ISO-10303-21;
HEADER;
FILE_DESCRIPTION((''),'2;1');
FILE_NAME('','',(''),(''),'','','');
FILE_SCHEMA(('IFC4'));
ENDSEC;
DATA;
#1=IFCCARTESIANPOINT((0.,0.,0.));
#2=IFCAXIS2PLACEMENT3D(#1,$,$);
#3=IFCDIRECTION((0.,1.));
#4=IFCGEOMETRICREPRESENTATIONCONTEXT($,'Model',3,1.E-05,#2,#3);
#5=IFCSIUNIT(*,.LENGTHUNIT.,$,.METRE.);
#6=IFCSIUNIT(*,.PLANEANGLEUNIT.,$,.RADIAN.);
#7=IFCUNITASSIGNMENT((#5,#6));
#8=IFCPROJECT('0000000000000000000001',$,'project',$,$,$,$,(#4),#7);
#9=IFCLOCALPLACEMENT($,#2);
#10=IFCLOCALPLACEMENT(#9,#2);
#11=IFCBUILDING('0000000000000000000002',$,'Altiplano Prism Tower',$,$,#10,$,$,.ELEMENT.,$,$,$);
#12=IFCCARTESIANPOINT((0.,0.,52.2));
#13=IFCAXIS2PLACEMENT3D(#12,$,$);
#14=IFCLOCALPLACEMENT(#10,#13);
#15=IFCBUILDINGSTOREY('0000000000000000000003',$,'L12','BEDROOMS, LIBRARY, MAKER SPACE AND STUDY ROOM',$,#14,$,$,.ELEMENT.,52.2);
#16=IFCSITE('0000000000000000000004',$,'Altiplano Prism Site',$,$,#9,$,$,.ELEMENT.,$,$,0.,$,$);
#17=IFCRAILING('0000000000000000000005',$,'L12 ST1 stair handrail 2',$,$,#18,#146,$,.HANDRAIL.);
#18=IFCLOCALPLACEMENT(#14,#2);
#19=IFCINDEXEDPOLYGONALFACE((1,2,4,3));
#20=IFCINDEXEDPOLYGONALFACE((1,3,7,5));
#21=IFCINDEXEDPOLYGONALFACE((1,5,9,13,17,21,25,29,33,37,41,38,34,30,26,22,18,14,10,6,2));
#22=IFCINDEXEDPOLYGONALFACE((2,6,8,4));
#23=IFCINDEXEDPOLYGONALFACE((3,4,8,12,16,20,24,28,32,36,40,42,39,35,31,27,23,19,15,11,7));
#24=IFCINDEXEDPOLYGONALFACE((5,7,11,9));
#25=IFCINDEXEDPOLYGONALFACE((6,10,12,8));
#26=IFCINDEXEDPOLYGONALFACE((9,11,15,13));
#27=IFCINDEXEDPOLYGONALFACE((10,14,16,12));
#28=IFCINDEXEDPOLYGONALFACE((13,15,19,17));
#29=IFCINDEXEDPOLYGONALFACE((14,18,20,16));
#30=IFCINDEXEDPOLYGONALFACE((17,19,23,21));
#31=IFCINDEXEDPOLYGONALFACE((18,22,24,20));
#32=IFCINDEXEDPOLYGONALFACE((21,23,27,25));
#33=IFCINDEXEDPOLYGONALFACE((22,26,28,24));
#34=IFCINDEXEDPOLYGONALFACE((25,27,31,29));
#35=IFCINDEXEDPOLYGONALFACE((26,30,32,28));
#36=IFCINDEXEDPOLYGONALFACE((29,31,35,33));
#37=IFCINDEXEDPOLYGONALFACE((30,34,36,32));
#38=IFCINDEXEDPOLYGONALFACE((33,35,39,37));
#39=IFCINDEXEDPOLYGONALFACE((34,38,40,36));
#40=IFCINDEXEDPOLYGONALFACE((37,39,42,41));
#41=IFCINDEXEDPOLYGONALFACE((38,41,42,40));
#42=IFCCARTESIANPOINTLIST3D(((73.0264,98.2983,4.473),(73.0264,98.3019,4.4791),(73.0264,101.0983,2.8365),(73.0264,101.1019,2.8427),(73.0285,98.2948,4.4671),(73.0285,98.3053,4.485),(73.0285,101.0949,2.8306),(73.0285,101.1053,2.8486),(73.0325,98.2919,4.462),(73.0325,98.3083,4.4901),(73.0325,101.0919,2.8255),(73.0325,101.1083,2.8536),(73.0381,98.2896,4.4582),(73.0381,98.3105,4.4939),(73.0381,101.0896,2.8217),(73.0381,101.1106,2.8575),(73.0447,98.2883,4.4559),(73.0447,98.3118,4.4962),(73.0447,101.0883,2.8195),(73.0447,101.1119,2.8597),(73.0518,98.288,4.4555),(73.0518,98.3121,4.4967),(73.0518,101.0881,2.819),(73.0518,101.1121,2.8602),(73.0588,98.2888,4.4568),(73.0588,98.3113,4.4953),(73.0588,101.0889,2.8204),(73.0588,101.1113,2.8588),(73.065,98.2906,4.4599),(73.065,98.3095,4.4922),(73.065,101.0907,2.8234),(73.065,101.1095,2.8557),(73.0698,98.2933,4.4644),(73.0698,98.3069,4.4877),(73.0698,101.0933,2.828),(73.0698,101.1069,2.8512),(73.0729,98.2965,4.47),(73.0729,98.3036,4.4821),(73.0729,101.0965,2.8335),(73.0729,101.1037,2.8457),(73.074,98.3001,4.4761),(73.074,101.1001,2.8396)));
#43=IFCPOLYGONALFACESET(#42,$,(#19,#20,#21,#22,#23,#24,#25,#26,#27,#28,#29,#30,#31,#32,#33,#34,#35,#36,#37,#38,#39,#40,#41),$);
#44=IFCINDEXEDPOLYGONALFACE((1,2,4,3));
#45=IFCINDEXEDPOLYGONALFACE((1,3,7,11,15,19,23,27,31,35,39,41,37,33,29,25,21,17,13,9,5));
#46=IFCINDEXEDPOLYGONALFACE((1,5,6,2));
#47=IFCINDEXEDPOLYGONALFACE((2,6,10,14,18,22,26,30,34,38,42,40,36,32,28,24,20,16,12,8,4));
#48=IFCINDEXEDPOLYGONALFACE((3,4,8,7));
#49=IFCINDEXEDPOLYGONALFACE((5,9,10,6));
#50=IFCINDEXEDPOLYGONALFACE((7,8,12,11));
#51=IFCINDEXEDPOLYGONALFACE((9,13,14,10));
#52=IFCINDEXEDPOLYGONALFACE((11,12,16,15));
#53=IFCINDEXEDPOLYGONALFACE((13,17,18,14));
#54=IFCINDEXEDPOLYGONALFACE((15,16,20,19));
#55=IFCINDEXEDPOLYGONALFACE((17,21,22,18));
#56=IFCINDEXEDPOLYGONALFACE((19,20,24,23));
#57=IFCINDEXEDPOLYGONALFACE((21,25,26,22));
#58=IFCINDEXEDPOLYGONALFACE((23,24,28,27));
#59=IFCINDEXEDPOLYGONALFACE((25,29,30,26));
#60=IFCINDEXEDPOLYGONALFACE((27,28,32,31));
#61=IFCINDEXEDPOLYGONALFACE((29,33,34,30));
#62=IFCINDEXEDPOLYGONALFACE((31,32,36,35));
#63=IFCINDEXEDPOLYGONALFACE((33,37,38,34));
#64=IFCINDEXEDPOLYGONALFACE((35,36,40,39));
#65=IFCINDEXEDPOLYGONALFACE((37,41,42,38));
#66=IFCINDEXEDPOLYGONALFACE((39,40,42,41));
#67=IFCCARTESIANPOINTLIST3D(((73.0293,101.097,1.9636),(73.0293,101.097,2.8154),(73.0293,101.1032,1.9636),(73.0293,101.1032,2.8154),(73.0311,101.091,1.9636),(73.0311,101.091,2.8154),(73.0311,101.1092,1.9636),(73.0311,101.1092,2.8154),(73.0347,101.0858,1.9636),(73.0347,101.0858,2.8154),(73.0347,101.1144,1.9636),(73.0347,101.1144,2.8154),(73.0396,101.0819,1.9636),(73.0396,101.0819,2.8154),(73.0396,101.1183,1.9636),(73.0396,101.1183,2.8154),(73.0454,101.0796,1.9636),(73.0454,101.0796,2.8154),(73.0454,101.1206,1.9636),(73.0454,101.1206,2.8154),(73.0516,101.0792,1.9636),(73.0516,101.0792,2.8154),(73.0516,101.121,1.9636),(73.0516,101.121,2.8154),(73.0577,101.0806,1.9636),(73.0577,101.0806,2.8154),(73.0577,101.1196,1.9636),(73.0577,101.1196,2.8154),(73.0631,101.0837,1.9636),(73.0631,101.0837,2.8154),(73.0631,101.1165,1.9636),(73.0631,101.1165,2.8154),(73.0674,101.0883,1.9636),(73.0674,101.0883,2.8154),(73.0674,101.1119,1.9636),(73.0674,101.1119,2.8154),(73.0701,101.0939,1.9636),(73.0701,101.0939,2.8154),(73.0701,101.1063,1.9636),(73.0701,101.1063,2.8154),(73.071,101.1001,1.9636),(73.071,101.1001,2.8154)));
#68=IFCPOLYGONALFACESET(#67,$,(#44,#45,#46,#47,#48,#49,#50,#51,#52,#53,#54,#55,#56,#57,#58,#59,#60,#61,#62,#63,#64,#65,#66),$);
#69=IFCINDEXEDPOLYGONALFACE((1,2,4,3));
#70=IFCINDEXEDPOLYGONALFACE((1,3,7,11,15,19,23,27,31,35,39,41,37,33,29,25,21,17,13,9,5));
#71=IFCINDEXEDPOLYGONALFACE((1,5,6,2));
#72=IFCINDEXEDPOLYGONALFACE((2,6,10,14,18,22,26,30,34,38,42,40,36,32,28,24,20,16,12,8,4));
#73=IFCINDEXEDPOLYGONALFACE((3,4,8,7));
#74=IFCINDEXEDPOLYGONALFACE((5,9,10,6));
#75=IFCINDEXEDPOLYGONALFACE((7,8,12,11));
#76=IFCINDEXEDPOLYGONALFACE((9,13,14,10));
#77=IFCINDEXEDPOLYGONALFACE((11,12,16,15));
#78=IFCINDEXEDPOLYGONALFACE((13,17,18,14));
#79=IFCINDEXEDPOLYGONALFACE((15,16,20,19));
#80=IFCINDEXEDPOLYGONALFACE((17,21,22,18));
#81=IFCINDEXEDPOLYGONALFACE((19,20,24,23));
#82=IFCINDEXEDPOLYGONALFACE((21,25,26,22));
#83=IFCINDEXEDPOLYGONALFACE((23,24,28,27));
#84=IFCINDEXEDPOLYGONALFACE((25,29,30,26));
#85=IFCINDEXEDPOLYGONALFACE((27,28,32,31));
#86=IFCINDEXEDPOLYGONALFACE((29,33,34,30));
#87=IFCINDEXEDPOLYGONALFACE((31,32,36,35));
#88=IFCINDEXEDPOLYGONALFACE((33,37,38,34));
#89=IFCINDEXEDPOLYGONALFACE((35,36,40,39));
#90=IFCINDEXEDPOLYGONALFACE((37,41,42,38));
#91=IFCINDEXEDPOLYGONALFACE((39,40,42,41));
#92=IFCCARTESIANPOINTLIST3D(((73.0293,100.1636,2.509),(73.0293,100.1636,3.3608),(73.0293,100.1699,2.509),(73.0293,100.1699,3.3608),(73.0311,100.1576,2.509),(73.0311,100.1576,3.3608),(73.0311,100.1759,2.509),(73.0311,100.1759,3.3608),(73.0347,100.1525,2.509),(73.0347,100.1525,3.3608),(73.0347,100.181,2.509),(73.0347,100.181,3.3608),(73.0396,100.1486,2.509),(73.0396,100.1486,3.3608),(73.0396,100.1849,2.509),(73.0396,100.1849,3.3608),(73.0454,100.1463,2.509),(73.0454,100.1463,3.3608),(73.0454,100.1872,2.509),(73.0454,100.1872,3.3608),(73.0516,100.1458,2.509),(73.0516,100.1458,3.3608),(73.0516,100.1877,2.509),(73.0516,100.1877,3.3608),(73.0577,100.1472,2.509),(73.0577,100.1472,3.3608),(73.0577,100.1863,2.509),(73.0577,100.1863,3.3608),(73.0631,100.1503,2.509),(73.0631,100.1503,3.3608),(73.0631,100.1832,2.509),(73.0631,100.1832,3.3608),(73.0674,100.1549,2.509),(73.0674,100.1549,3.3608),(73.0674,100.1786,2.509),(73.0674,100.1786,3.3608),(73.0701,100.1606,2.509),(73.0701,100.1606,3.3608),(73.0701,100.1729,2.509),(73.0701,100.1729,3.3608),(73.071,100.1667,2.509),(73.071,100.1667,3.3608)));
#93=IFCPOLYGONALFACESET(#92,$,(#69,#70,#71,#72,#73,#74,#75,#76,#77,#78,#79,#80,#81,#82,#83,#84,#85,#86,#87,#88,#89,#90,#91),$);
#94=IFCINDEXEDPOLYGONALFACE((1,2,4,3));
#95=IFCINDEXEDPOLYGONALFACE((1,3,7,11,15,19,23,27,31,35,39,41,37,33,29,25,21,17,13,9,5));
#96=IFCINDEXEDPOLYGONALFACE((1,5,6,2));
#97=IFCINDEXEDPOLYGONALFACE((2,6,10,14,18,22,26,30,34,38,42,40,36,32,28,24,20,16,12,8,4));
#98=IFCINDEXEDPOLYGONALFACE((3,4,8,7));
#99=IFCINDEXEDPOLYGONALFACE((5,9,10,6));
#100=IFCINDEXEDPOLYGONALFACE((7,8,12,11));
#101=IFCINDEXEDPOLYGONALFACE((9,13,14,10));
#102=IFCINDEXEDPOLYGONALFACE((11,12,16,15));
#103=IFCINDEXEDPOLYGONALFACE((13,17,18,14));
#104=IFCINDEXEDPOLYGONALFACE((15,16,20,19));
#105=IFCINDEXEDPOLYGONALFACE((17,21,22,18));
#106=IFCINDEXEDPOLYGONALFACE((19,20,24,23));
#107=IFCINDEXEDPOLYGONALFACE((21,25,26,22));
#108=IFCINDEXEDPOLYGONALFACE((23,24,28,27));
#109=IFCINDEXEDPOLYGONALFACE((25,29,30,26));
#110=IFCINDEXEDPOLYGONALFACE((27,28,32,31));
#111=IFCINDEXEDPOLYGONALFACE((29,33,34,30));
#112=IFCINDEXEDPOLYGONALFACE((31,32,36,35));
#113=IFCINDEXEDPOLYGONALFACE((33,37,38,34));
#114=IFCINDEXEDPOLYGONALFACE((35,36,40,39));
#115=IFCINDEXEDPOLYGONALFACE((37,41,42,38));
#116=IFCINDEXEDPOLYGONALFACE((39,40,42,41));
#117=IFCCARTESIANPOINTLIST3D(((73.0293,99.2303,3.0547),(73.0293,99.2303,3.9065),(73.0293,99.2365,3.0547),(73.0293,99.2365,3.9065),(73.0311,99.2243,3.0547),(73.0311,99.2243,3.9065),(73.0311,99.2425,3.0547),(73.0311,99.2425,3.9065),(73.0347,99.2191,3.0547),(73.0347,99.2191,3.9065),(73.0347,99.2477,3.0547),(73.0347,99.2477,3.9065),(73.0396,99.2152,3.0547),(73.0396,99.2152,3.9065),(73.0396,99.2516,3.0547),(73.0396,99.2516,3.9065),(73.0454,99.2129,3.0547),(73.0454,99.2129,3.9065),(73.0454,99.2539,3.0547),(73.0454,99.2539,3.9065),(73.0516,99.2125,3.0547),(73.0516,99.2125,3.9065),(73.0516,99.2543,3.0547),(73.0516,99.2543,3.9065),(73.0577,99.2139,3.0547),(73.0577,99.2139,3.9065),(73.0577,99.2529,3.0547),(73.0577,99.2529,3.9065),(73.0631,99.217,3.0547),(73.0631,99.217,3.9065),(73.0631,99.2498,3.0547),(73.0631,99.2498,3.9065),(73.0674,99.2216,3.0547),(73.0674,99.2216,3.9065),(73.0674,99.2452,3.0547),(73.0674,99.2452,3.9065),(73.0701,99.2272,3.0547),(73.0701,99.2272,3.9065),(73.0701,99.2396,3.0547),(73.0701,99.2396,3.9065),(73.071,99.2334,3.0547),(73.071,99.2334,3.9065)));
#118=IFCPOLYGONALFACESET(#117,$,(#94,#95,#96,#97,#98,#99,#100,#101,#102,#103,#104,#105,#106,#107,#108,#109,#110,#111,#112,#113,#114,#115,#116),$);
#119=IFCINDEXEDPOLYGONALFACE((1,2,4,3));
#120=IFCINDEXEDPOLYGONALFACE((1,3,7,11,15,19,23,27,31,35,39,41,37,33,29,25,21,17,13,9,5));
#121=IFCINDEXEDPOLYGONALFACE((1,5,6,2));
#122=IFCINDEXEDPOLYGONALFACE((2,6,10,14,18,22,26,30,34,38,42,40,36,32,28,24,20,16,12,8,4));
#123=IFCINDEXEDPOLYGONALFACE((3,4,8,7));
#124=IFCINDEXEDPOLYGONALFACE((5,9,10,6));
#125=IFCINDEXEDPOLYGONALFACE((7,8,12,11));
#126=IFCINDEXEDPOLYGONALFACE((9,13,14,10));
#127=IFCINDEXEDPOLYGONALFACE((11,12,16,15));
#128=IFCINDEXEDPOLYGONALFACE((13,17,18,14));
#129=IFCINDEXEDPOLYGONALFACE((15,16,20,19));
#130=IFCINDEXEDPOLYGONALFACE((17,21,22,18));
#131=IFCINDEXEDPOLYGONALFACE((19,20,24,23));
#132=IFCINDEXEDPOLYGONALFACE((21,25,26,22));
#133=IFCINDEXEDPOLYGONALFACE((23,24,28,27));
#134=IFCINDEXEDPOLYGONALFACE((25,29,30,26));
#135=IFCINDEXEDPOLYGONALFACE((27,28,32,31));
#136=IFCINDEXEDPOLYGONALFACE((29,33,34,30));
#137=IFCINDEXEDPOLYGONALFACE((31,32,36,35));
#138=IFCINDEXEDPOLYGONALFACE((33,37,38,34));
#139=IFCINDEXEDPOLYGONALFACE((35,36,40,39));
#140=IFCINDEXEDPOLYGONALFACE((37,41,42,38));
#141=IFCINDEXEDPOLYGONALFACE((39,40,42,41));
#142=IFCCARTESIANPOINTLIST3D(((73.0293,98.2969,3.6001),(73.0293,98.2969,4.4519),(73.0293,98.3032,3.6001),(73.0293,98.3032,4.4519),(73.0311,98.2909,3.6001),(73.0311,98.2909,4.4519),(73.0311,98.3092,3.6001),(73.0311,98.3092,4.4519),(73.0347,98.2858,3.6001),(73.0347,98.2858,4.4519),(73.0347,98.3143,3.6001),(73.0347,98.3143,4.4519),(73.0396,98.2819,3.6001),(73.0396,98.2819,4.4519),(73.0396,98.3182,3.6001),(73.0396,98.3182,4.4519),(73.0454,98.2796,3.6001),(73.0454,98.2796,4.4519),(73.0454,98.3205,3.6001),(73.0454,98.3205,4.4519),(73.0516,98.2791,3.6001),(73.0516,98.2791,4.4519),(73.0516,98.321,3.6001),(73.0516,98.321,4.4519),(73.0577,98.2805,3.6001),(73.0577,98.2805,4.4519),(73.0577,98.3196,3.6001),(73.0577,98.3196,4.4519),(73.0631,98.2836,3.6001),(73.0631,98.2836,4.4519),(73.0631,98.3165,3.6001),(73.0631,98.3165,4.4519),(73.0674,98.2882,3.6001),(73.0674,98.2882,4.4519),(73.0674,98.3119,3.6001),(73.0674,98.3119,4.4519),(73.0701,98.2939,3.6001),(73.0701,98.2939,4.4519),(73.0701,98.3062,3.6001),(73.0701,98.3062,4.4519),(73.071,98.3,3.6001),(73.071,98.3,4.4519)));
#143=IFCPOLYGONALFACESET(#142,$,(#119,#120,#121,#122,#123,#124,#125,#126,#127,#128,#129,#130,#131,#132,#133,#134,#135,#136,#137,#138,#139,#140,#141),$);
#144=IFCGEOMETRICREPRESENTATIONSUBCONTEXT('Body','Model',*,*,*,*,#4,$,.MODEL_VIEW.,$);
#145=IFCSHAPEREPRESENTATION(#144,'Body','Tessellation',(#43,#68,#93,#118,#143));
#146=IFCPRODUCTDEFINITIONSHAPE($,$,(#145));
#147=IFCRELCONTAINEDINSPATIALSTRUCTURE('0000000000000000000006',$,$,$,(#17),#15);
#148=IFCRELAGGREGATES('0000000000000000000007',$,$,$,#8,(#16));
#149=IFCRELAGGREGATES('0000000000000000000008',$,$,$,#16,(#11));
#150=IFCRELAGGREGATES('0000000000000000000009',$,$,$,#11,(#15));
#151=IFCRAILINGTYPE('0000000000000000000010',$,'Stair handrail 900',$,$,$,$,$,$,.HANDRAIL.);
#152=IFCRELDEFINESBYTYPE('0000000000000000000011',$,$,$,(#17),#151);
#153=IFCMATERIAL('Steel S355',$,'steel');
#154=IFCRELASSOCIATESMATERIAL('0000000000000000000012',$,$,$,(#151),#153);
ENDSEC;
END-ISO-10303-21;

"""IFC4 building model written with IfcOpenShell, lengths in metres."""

from ifc_helpers import new_model, si_unit, direction, frame, origin, origin_2d, place, context, subcontext, project, spatial, circle, extrude, material, type_object, element, save


model = new_model("IFC4")

# Units and contexts
model_context = context("Model", 3, precision=1e-05, world=origin(), true_north=direction((0.0, 1.0)))
body_context = subcontext(model_context, "Body", "Model", "MODEL_VIEW")
ifc_project = project(units=[si_unit("LENGTHUNIT", "METRE"), si_unit("PLANEANGLEUNIT", "RADIAN")], contexts=[model_context])

# Site, building, storey
site_placement = place(None, origin())
site = spatial("IfcSite", under=ifc_project, at=site_placement, Name="Altiplano Prism Site", CompositionType="ELEMENT", RefElevation=0.0)
building_placement = place(site_placement, origin())
building = spatial("IfcBuilding", under=site, at=building_placement, Name="Altiplano Prism Tower", CompositionType="ELEMENT")
storey_placement = place(building_placement, frame((0.0, 0.0, 52.2)))
storey = spatial("IfcBuildingStorey", under=building, at=storey_placement, Name="L12", Description="BEDROOMS, LIBRARY, MAKER SPACE AND STUDY ROOM", CompositionType="ELEMENT", Elevation=52.2)

# Railing
ifc_material_1 = material(Name="Steel S355", Category="steel")
railing_type_1 = type_object("IfcRailingType", Name="Stair handrail 900", PredefinedType="HANDRAIL", material=ifc_material_1)
railing_1_placement = place(storey_placement, frame((73.05, 101.1001, 1.9636)))
element("IfcRailing", 1, at=railing_1_placement, inside=storey, type_object=railing_type_1, Name="L12 ST1 stair handrail 2", PredefinedType="HANDRAIL", context=body_context, shape_type="SweptSolid", body=[
    extrude(circle(Radius=0.0239, at=origin_2d()), frame((0.0, 0.0, 0.876), z_axis=(0.0, -0.863361, 0.504587), x_axis=(1.0, 0.0, 0.0)), (0.0, 0.0, 1.0), 3.2432),
    extrude(circle(Radius=0.021, at=origin_2d()), origin(), (0.0, 0.0, 1.0), 0.8518),
    extrude(circle(Radius=0.021, at=origin_2d()), frame((0.0, -0.9333, 0.5454)), (0.0, 0.0, 1.0), 0.8518),
    extrude(circle(Radius=0.021, at=origin_2d()), frame((0.0, -1.8667, 1.0911)), (0.0, 0.0, 1.0), 0.8518),
    extrude(circle(Radius=0.021, at=origin_2d()), frame((0.0, -2.8, 1.6365)), (0.0, 0.0, 1.0), 0.8518),
])

save(model, "model.ifc")
